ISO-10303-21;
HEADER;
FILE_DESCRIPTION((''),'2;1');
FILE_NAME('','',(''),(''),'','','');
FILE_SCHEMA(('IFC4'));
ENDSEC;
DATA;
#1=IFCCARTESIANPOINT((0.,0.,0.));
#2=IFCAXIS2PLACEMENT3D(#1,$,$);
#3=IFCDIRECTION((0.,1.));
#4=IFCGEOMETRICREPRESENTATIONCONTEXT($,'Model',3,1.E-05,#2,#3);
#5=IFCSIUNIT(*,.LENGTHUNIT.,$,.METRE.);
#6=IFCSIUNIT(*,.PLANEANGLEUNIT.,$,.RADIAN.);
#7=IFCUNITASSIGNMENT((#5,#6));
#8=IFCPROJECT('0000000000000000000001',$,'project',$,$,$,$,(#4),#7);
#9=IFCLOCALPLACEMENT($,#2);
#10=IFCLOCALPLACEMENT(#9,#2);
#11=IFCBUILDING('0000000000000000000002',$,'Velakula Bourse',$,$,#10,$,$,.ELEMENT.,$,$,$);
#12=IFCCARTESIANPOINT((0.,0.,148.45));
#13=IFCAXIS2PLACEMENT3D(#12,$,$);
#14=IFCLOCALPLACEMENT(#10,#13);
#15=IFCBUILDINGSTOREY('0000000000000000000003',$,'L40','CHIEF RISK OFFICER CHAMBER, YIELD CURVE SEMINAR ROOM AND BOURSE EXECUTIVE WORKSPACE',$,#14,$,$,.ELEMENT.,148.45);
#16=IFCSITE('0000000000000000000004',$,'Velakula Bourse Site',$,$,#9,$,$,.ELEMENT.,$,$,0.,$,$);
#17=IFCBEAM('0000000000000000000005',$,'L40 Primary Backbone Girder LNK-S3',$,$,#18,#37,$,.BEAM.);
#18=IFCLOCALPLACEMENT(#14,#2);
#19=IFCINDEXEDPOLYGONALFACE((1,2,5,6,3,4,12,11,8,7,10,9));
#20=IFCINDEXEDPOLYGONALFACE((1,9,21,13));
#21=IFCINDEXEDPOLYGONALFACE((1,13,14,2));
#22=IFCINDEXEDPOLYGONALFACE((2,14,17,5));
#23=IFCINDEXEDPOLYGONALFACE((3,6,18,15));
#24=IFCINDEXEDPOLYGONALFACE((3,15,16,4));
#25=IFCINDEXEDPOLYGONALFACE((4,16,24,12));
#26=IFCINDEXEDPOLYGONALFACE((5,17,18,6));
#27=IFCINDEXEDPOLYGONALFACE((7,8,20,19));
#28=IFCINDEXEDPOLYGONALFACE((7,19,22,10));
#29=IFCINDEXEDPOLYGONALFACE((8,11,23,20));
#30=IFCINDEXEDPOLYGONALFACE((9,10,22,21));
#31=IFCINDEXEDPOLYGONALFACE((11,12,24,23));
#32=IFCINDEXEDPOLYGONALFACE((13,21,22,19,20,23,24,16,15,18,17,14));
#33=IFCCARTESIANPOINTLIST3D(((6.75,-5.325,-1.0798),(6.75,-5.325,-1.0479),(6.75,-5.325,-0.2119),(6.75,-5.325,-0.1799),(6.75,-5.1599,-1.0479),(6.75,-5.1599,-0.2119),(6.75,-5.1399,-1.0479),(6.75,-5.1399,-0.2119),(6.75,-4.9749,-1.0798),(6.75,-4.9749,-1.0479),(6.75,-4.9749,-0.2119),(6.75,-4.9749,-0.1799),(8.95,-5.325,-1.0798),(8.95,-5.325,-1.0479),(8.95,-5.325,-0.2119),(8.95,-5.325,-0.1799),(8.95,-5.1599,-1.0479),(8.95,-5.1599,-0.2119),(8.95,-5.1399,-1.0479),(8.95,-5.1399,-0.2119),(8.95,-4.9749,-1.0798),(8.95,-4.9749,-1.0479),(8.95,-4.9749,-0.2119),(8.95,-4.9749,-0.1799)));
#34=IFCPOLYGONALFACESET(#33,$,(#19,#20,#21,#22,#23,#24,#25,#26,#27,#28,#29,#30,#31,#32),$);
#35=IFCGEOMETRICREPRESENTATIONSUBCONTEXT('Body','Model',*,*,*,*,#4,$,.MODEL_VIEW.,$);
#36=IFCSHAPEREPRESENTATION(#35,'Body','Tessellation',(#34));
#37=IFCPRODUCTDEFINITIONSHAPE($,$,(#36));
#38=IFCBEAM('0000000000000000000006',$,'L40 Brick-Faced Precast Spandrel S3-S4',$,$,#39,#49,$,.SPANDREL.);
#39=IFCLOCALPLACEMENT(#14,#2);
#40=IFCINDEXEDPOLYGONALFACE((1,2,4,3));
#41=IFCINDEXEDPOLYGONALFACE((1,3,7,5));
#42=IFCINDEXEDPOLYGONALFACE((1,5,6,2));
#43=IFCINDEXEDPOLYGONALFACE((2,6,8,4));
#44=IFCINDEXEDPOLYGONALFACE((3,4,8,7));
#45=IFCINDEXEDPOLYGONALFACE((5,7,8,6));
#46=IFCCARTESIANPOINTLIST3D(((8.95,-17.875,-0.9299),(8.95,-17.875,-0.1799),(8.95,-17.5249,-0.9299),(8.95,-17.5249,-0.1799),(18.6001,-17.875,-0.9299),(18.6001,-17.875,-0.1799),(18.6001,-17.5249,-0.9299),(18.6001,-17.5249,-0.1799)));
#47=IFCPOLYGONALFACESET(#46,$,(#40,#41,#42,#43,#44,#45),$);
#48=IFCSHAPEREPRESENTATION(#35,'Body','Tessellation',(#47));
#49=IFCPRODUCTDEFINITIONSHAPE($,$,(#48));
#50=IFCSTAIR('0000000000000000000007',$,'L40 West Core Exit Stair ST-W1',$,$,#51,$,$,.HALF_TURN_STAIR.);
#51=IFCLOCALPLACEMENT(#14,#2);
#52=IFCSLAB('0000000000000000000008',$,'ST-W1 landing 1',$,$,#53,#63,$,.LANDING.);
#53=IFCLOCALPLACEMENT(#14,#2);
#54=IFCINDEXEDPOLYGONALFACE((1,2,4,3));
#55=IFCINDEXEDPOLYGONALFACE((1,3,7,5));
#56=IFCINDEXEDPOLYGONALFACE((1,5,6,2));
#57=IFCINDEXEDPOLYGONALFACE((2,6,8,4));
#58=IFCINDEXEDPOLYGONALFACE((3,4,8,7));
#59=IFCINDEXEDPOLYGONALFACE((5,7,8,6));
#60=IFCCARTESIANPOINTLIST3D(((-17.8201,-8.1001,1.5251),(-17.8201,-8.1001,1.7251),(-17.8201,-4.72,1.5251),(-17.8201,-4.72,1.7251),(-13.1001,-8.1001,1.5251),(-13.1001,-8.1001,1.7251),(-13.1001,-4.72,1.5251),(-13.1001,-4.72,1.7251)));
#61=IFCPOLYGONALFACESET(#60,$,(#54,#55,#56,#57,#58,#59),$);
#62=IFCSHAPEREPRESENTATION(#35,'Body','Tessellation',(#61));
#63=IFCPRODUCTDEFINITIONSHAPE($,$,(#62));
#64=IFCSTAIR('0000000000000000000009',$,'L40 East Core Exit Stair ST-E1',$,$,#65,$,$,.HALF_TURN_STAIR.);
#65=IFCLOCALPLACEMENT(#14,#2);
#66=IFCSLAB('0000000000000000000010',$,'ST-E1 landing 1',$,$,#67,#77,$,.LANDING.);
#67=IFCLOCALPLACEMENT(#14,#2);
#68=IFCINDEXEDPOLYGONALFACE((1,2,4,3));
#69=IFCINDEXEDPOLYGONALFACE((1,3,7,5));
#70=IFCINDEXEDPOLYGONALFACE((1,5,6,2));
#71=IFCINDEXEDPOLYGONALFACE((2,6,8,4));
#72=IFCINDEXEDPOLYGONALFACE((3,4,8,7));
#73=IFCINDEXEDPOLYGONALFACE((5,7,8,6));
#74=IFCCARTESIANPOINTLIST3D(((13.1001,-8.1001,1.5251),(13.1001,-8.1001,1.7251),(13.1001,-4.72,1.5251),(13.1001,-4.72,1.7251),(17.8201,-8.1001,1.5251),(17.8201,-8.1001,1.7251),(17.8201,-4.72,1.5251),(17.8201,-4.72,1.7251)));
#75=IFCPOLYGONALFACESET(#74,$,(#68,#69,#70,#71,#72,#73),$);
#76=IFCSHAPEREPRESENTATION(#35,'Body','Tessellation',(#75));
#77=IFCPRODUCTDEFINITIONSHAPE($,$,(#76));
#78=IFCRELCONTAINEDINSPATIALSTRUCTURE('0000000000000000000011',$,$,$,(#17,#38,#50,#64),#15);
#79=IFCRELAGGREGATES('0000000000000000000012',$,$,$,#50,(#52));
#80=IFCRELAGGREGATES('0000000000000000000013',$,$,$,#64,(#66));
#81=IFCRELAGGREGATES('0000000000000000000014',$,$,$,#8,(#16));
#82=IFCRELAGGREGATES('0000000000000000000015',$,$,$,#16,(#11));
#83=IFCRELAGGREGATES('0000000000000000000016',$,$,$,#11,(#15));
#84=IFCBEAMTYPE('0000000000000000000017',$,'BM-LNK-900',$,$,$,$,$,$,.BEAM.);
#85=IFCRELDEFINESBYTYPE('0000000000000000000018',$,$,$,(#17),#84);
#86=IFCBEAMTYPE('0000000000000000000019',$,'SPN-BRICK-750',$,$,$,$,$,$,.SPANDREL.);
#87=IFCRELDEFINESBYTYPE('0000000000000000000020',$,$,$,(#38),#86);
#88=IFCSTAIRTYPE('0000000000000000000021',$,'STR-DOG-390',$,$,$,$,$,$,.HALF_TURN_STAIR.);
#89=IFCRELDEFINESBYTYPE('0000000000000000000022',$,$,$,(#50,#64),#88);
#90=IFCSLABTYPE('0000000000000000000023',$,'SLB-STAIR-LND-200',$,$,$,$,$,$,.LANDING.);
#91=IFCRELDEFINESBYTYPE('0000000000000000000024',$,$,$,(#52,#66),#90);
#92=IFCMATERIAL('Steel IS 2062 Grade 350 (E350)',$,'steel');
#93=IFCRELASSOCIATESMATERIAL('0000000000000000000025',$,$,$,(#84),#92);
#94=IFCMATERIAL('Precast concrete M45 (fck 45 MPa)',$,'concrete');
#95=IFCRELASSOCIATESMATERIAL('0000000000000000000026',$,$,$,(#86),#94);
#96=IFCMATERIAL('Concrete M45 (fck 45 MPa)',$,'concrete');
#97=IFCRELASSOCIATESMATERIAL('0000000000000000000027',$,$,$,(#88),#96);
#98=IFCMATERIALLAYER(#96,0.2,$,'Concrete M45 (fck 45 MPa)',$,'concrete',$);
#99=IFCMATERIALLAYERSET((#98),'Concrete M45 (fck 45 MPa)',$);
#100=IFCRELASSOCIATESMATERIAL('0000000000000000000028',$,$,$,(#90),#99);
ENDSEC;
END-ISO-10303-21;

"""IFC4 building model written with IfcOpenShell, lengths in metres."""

from ifc_helpers import new_model, si_unit, direction, frame, origin, origin_2d, place, context, subcontext, project, spatial, polyline, rectangle, i_section, outline, extrude, material, layer, layer_set, material_profile, profile_set, type_object, element, aggregate, save


model = new_model("IFC4")

# Units and contexts
model_context = context("Model", 3, precision=1e-05, world=origin(), true_north=direction((0.0, 1.0)))
body_context = subcontext(model_context, "Body", "Model", "MODEL_VIEW")
ifc_project = project(units=[si_unit("LENGTHUNIT", "METRE"), si_unit("PLANEANGLEUNIT", "RADIAN")], contexts=[model_context])

# Site, building, storey
site_placement = place(None, origin())
site = spatial("IfcSite", under=ifc_project, at=site_placement, Name="Velakula Bourse Site", CompositionType="ELEMENT", RefElevation=0.0)
building_placement = place(site_placement, origin())
building = spatial("IfcBuilding", under=site, at=building_placement, Name="Velakula Bourse", CompositionType="ELEMENT")
storey_placement = place(building_placement, frame((0.0, 0.0, 148.45)))
storey = spatial("IfcBuildingStorey", under=building, at=storey_placement, Name="L40", Description="CHIEF RISK OFFICER CHAMBER, YIELD CURVE SEMINAR ROOM AND BOURSE EXECUTIVE WORKSPACE", CompositionType="ELEMENT", Elevation=148.45)

# Shared definitions
ifc_material_1 = material(Name="Steel IS 2062 Grade 350 (E350)", Category="steel")

# Beams
ifc_material_profile_1 = material_profile(ifc_material_1, i_section(OverallWidth=0.3501, OverallDepth=0.8999, WebThickness=0.02, FlangeThickness=0.032, at=origin_2d()), Name="Steel IS 2062 Grade 350 (E350)")
ifc_profile_set_1 = profile_set([ifc_material_profile_1], Name="Steel IS 2062 Grade 350 (E350)")
beam_type_1 = type_object("IfcBeamType", Name="BM-LNK-900", PredefinedType="BEAM", material=ifc_profile_set_1)
beam_1_placement = place(storey_placement, frame((6.75, -5.1499, -0.6299), z_axis=(1.0, 0.0, 0.0), x_axis=(0.0, 1.0, 0.0)))
element("IfcBeam", 1, at=beam_1_placement, inside=storey, type_object=beam_type_1, Name="L40 Primary Backbone Girder LNK-S3", PredefinedType="BEAM", context=body_context, shape_type="SweptSolid", body=[
    extrude(i_section(OverallWidth=0.3501, OverallDepth=0.8999, WebThickness=0.02, FlangeThickness=0.032, at=origin_2d()), origin(), (0.0, 0.0, 1.0), 2.2),
])
ifc_material_2 = material(Name="Precast concrete M45 (fck 45 MPa)", Category="concrete")
ifc_material_profile_2 = material_profile(ifc_material_2, rectangle(XDim=0.3501, YDim=0.75, at=origin_2d()), Name="Precast concrete M45 (fck 45 MPa)")
ifc_profile_set_2 = profile_set([ifc_material_profile_2], Name="Precast concrete M45 (fck 45 MPa)")
beam_type_2 = type_object("IfcBeamType", Name="SPN-BRICK-750", PredefinedType="SPANDREL", material=ifc_profile_set_2)
beam_2_placement = place(storey_placement, frame((8.95, -17.7, -0.5549), z_axis=(1.0, 0.0, 0.0), x_axis=(0.0, 1.0, 0.0)))
element("IfcBeam", 2, at=beam_2_placement, inside=storey, type_object=beam_type_2, Name="L40 Brick-Faced Precast Spandrel S3-S4", PredefinedType="SPANDREL", context=body_context, shape_type="SweptSolid", body=[
    extrude(rectangle(XDim=0.3501, YDim=0.75, at=origin_2d()), origin(), (0.0, 0.0, 1.0), 9.6501),
])

# Stairs, slabs
ifc_material_3 = material(Name="Concrete M45 (fck 45 MPa)", Category="concrete")
stair_type = type_object("IfcStairType", Name="STR-DOG-390", PredefinedType="HALF_TURN_STAIR", material=ifc_material_3)
stair_1_placement = place(storey_placement, origin())
stair_1 = element("IfcStair", 3, at=stair_1_placement, inside=storey, type_object=stair_type, Name="L40 West Core Exit Stair ST-W1", PredefinedType="HALF_TURN_STAIR")
ifc_layer_1 = layer(ifc_material_3, 0.2, Name="Concrete M45 (fck 45 MPa)", Category="concrete")
ifc_layer_set_1 = layer_set([ifc_layer_1], Name="Concrete M45 (fck 45 MPa)")
slab_type_1 = type_object("IfcSlabType", Name="SLB-STAIR-LND-200", PredefinedType="LANDING", material=ifc_layer_set_1)
slab_1_placement = place(storey_placement, frame((0.0, 0.0, 1.5251)))
slab_1 = element("IfcSlab", 4, at=slab_1_placement, type_object=slab_type_1, Name="ST-W1 landing 1", PredefinedType="LANDING", context=body_context, shape_type="SweptSolid", body=[
    extrude(outline(polyline([(-17.8201, -4.72), (-17.8201, -8.1001), (-13.1001, -8.1001), (-13.1001, -4.72), (-17.8201, -4.72)])), origin(), (0.0, 0.0, 1.0), 0.2),
])
aggregate(stair_1, [slab_1])
stair_2_placement = place(storey_placement, origin())
stair_2 = element("IfcStair", 5, at=stair_2_placement, inside=storey, type_object=stair_type, Name="L40 East Core Exit Stair ST-E1", PredefinedType="HALF_TURN_STAIR")
slab_2_placement = place(storey_placement, frame((0.0, 0.0, 1.5251)))
slab_2 = element("IfcSlab", 6, at=slab_2_placement, type_object=slab_type_1, Name="ST-E1 landing 1", PredefinedType="LANDING", context=body_context, shape_type="SweptSolid", body=[
    extrude(outline(polyline([(13.1001, -4.72), (13.1001, -8.1001), (17.8201, -8.1001), (17.8201, -4.72), (13.1001, -4.72)])), origin(), (0.0, 0.0, 1.0), 0.2),
])
aggregate(stair_2, [slab_2])

save(model, "model.ifc")
